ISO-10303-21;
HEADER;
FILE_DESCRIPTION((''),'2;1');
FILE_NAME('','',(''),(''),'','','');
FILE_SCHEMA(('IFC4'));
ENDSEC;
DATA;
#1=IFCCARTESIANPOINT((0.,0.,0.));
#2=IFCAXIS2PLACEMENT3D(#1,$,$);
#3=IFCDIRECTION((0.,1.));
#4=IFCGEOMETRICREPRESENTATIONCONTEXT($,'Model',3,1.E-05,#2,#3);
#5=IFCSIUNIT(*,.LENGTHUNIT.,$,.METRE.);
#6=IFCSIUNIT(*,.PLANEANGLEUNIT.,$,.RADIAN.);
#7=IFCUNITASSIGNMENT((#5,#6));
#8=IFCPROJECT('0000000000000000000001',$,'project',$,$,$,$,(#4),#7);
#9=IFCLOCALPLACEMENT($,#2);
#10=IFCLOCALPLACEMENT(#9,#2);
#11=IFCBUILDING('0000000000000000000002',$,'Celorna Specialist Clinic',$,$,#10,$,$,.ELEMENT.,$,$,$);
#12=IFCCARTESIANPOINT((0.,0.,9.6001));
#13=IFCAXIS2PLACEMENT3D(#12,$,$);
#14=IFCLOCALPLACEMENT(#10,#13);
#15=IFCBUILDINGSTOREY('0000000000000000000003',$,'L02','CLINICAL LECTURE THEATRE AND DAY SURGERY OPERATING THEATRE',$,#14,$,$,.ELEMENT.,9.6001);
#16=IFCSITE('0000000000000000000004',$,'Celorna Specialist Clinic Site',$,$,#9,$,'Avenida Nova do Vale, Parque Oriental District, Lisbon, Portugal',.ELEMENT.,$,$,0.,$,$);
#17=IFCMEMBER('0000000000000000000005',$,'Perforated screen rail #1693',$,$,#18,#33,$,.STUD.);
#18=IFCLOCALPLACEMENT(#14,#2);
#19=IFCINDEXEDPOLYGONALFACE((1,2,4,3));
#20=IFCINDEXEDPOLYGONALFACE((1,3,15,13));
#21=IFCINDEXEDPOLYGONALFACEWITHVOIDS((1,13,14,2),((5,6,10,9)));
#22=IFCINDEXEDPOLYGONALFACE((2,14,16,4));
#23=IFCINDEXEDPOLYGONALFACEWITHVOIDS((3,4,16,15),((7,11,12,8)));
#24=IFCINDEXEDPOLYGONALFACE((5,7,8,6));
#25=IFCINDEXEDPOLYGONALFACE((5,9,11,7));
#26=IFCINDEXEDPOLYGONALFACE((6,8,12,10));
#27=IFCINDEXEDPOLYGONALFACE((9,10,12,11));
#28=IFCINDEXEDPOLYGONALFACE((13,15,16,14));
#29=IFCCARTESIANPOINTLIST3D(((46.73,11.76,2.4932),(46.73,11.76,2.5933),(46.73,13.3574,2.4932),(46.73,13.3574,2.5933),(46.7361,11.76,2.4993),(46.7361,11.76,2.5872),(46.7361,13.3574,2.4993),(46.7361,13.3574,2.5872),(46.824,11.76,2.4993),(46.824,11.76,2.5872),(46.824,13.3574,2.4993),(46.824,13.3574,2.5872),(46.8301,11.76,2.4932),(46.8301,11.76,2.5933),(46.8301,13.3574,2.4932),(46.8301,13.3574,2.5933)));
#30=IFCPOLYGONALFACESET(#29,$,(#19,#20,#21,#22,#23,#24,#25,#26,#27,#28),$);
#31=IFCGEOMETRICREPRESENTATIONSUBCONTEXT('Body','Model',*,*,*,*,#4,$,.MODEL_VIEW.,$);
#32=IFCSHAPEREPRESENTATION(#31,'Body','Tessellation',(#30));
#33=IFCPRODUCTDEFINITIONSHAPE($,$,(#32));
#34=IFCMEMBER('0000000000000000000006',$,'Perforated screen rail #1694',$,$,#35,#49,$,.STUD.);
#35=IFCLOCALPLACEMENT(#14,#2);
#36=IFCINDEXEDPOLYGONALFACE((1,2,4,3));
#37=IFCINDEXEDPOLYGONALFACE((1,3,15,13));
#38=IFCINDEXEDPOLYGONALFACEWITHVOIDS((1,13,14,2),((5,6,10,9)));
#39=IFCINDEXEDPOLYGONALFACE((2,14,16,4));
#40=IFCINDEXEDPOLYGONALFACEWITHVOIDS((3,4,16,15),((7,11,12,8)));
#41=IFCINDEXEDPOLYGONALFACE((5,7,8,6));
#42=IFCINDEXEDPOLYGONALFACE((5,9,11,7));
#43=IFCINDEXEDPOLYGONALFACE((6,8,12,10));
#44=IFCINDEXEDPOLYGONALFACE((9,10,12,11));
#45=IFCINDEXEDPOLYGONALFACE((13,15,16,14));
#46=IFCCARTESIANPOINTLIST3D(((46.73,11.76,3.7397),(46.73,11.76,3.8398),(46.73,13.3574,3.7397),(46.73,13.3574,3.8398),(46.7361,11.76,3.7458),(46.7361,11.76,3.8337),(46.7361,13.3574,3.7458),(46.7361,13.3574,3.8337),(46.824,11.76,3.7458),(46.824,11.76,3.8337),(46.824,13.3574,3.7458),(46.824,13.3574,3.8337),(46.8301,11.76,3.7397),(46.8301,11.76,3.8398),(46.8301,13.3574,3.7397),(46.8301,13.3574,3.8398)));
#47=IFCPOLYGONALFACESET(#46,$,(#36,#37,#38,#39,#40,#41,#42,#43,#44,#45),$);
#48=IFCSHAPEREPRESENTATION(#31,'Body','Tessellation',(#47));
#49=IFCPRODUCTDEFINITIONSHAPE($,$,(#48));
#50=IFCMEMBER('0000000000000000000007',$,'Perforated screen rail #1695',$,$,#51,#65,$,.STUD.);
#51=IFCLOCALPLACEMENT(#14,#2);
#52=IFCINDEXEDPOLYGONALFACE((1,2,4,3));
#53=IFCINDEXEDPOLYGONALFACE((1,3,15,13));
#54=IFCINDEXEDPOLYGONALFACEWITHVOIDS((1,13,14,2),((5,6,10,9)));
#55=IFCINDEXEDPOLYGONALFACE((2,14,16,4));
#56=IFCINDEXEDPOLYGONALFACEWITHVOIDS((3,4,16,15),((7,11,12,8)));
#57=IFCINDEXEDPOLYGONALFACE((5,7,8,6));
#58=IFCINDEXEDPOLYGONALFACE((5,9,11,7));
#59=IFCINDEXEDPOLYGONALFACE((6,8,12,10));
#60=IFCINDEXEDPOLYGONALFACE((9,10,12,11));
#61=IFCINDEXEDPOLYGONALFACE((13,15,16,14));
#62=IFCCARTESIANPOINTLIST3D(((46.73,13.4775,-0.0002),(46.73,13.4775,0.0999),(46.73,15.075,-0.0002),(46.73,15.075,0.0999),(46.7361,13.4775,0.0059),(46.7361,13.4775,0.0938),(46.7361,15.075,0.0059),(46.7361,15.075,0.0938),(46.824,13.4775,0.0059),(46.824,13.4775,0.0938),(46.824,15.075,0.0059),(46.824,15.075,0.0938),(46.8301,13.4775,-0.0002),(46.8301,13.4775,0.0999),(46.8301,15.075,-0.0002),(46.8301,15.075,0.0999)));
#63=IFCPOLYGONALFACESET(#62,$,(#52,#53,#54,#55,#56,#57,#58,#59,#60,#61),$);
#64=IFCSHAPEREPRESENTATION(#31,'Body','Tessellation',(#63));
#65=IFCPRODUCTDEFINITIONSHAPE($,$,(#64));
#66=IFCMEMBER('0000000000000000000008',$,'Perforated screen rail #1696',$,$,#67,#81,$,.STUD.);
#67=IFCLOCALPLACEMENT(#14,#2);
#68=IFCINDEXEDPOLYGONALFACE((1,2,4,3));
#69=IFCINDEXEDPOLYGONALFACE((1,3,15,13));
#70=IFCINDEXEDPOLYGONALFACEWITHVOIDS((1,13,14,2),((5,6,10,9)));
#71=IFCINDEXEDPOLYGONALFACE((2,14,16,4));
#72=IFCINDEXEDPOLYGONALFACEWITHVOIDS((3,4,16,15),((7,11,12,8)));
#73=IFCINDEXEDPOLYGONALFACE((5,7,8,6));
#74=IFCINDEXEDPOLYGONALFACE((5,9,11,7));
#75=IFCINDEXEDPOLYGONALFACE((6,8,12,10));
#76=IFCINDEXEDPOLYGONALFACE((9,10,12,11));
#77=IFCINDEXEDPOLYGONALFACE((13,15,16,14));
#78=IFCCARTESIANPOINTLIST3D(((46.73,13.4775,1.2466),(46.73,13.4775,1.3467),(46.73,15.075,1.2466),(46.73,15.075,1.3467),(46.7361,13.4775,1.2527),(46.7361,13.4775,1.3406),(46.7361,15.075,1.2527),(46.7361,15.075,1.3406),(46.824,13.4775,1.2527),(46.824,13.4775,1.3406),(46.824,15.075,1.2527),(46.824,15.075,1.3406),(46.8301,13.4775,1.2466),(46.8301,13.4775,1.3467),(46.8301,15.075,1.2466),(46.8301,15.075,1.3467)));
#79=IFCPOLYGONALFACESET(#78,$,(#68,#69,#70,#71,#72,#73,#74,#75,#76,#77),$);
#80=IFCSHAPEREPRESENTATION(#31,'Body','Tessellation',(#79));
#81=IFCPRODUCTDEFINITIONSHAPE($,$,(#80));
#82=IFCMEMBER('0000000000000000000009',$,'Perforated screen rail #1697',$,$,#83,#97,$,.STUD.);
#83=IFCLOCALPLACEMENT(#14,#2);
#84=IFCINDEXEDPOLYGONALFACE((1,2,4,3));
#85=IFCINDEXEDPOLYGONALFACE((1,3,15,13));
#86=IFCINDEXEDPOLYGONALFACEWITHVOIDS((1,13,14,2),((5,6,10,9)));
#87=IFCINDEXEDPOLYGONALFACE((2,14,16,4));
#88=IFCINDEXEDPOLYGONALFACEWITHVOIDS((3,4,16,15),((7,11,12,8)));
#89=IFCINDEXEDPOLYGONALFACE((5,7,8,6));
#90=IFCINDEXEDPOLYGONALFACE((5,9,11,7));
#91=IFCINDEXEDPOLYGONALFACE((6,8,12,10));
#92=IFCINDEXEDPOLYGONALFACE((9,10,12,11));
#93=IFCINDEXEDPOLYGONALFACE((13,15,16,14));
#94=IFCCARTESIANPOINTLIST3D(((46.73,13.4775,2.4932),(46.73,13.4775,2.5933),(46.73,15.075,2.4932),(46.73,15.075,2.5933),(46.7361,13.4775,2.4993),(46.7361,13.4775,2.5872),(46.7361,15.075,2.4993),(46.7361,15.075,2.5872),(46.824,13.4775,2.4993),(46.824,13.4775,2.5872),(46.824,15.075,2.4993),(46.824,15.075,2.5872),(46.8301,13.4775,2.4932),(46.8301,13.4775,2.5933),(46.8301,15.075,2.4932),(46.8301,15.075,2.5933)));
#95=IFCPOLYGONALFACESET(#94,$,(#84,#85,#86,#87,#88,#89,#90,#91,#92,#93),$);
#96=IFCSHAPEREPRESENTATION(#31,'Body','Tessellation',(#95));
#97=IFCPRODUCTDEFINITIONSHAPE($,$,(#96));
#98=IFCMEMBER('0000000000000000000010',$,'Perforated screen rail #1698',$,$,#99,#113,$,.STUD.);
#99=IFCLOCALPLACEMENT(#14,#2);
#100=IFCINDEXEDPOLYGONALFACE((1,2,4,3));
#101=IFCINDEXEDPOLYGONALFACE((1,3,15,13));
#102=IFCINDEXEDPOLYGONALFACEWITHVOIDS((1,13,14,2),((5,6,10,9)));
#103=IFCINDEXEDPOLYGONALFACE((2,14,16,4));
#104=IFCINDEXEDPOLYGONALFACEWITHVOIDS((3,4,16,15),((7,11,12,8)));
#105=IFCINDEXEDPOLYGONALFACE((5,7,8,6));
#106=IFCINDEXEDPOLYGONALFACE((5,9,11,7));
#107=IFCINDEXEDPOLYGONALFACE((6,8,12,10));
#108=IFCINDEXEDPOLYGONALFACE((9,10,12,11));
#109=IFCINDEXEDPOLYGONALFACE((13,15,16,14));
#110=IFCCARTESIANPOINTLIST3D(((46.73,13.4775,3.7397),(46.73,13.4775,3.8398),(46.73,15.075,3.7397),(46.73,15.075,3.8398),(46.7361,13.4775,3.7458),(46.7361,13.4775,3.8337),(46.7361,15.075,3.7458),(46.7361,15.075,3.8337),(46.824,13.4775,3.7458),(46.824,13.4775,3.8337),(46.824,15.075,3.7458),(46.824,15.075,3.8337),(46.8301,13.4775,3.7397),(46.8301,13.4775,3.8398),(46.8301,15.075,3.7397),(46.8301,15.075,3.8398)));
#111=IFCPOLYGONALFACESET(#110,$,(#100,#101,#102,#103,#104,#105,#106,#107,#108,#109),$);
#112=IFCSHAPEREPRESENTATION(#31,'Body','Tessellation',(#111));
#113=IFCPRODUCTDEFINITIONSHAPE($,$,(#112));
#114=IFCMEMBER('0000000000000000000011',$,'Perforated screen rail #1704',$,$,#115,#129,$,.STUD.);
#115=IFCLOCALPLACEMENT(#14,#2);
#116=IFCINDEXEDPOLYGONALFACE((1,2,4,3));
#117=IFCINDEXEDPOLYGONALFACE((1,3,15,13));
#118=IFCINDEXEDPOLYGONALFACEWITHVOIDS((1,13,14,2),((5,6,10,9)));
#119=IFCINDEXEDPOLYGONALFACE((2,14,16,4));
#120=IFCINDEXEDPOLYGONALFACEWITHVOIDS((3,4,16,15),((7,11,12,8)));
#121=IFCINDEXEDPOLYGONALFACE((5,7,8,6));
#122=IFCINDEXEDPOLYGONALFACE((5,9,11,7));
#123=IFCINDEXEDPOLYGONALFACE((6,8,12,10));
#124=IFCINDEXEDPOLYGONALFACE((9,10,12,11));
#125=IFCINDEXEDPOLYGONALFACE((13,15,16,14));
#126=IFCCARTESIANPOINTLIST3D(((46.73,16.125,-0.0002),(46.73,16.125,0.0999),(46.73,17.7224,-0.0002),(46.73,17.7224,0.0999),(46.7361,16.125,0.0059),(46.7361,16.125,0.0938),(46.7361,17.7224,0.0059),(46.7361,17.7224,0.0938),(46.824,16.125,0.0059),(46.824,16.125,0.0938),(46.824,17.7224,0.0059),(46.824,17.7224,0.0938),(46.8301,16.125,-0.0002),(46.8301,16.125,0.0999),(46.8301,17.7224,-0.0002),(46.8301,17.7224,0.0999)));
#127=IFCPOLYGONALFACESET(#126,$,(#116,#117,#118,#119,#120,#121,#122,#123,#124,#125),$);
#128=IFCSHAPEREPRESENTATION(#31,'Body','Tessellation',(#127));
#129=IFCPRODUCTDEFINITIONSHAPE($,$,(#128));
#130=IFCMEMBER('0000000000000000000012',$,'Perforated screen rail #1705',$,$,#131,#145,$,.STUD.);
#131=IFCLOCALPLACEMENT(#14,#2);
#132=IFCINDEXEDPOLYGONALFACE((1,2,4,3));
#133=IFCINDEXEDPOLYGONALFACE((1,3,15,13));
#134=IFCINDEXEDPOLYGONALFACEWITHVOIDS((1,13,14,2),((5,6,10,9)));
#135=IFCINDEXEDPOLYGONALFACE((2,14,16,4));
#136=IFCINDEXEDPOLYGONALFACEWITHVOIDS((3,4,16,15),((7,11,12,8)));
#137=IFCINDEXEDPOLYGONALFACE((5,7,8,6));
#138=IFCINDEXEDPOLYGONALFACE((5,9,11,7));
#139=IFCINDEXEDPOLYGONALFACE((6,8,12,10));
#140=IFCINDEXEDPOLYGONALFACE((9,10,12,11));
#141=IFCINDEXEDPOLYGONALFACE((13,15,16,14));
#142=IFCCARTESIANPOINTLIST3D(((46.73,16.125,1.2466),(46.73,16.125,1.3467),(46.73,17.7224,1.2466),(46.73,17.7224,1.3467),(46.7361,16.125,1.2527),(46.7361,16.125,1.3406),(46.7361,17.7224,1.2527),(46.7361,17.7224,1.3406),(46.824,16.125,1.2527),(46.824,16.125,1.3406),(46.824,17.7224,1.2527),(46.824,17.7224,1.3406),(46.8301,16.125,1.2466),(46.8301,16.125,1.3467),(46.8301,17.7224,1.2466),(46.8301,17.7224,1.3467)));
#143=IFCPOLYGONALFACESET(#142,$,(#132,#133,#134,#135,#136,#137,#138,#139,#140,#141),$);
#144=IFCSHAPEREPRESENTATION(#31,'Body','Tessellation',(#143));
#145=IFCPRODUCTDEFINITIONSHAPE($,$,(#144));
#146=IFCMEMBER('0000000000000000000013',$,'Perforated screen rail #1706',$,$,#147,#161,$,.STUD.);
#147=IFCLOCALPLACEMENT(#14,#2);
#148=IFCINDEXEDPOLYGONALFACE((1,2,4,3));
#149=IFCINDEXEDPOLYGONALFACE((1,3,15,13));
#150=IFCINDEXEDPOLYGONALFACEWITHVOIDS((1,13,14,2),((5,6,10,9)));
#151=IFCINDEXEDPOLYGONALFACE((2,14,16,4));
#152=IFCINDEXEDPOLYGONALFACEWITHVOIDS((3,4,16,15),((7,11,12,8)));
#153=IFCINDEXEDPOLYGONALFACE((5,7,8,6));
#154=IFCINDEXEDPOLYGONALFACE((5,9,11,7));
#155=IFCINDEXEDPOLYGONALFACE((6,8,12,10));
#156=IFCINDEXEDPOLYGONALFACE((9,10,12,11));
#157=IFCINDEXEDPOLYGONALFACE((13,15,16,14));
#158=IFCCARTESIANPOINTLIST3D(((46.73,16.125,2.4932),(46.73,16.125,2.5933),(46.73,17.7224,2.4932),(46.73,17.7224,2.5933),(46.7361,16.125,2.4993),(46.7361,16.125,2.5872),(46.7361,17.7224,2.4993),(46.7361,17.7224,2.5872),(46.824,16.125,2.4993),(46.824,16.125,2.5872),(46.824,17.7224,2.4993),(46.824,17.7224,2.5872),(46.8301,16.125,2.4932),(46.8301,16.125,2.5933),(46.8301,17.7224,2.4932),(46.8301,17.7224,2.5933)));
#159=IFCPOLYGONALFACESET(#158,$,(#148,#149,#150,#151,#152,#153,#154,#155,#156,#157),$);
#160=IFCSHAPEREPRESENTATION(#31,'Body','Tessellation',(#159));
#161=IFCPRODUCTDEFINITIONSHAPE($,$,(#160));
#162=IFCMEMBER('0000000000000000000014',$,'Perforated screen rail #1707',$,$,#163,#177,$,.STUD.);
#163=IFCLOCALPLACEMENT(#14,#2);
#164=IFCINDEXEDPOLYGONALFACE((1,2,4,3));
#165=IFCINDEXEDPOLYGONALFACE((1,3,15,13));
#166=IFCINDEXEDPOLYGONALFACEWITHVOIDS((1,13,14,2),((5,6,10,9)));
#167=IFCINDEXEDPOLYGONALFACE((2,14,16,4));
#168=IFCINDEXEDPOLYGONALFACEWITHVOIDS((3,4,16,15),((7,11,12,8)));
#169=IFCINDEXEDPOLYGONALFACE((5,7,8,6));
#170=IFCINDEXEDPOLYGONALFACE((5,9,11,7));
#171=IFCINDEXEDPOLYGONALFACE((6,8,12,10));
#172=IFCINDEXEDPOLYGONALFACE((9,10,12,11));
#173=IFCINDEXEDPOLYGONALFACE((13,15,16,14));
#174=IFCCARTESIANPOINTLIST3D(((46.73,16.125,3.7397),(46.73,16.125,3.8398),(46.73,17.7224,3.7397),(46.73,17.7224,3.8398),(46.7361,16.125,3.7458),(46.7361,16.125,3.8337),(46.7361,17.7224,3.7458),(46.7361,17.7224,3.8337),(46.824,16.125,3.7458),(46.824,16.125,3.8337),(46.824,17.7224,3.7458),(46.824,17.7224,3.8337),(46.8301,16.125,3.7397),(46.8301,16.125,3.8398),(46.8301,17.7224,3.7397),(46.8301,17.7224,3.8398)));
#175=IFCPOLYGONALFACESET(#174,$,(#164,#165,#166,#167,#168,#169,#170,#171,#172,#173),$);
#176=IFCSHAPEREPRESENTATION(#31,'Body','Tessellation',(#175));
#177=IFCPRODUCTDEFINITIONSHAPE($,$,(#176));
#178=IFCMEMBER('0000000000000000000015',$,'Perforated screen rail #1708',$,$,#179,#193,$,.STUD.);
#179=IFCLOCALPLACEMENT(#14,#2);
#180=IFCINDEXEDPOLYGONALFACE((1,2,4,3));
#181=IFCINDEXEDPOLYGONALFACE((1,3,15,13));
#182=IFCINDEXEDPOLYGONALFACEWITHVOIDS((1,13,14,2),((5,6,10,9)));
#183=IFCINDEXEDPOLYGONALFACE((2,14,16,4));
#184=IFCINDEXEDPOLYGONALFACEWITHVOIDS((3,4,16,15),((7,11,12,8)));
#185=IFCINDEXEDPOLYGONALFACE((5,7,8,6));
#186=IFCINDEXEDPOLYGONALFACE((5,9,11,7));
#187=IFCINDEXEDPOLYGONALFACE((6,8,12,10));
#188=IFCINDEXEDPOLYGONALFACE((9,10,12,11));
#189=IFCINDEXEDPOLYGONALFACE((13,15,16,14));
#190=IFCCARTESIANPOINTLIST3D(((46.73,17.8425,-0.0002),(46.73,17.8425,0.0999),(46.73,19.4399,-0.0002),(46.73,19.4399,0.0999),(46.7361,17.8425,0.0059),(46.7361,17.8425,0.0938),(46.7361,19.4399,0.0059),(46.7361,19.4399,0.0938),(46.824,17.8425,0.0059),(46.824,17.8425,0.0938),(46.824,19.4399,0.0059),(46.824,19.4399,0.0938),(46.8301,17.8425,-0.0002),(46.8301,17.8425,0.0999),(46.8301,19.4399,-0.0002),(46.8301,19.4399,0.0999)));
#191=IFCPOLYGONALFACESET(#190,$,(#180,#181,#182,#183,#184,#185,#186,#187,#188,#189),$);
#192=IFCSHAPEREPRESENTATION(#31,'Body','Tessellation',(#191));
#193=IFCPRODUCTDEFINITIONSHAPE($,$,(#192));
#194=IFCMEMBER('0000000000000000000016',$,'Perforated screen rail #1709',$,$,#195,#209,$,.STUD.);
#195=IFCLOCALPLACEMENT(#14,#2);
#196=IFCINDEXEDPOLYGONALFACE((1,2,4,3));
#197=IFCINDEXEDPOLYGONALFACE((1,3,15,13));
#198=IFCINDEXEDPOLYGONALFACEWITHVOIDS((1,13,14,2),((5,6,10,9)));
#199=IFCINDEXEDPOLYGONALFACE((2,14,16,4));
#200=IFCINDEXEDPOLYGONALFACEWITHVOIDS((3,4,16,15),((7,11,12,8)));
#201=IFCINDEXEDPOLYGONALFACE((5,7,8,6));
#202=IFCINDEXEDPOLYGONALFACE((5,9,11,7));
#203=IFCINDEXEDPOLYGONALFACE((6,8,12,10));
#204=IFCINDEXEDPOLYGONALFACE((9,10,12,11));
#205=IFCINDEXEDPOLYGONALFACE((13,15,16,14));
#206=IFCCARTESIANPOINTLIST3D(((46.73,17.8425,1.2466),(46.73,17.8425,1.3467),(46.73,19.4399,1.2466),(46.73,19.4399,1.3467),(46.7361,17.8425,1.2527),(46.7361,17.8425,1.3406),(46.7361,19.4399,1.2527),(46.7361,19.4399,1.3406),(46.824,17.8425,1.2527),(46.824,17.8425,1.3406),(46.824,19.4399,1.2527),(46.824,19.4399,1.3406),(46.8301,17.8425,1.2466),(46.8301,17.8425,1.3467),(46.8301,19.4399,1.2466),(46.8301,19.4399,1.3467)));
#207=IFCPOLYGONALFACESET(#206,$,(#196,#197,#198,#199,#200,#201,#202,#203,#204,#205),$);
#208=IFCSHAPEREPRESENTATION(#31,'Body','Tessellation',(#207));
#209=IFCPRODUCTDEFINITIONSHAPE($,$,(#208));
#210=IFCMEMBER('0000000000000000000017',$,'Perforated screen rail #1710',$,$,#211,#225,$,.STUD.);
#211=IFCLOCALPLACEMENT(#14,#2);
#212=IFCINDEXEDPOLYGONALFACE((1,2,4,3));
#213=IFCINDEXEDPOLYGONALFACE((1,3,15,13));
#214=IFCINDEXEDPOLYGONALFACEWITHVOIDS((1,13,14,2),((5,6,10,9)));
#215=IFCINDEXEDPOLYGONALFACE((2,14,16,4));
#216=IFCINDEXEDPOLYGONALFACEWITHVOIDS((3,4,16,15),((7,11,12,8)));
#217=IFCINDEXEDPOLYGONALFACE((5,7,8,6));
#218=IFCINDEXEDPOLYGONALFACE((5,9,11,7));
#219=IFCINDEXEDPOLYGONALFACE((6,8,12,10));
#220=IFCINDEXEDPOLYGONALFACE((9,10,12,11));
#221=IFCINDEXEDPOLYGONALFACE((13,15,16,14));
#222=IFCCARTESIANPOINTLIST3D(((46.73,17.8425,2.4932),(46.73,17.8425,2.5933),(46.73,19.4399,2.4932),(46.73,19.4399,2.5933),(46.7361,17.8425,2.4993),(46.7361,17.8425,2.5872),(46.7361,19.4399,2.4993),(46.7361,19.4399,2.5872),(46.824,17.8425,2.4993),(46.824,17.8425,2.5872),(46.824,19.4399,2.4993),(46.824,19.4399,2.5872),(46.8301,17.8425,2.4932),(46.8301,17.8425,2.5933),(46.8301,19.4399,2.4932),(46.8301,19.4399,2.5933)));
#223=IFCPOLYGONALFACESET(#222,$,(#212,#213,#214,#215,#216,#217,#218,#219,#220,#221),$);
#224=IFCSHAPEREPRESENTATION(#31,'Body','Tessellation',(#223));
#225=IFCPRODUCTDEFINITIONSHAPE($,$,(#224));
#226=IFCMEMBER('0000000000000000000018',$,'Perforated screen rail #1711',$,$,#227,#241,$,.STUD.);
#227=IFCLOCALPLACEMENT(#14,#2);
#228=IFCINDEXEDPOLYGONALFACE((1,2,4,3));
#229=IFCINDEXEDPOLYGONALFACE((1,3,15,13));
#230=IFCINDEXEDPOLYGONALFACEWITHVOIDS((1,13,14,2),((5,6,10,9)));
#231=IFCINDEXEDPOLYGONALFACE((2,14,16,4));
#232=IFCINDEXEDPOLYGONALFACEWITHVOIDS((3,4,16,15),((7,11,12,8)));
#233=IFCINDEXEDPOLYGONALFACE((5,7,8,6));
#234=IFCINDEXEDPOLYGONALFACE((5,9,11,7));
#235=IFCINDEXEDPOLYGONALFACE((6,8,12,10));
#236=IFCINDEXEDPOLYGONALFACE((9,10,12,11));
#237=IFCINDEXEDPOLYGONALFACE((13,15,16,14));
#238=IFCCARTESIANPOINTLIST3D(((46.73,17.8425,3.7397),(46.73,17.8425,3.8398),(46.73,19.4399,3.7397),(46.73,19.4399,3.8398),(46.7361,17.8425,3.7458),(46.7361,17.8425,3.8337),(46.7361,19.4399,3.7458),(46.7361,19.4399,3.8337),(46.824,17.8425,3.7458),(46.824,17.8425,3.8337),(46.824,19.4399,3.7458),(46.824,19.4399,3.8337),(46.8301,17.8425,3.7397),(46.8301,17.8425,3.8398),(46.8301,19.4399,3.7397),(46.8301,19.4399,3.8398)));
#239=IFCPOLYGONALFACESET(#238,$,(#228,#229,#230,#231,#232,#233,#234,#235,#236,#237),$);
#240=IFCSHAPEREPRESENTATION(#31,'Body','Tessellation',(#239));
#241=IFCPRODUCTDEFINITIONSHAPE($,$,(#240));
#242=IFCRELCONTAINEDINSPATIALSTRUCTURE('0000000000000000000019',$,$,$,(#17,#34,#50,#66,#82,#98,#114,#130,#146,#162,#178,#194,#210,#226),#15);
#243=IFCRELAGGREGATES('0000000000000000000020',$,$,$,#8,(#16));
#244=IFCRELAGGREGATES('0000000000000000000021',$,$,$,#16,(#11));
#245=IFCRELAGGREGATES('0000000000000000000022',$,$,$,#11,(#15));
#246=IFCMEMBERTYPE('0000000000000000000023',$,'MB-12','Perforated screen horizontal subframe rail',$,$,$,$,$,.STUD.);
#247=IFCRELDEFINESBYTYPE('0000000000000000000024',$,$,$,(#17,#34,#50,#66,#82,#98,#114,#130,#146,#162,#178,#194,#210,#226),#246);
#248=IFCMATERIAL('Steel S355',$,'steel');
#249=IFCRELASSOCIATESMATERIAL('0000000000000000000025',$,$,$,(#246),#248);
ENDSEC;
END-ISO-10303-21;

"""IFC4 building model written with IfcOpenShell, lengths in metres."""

from ifc_helpers import new_model, si_unit, direction, frame, origin, origin_2d, place, context, subcontext, project, spatial, hollow_rectangle, extrude, material, material_profile, profile_set, type_object, element, save


model = new_model("IFC4")

# Units and contexts
model_context = context("Model", 3, precision=1e-05, world=origin(), true_north=direction((0.0, 1.0)))
body_context = subcontext(model_context, "Body", "Model", "MODEL_VIEW")
ifc_project = project(units=[si_unit("LENGTHUNIT", "METRE"), si_unit("PLANEANGLEUNIT", "RADIAN")], contexts=[model_context])

# Site, building, storey
site_placement = place(None, origin())
site = spatial("IfcSite", under=ifc_project, at=site_placement, Name="Celorna Specialist Clinic Site", LongName="Avenida Nova do Vale, Parque Oriental District, Lisbon, Portugal", CompositionType="ELEMENT", RefElevation=0.0)
building_placement = place(site_placement, origin())
building = spatial("IfcBuilding", under=site, at=building_placement, Name="Celorna Specialist Clinic", CompositionType="ELEMENT")
storey_placement = place(building_placement, frame((0.0, 0.0, 9.6001)))
storey = spatial("IfcBuildingStorey", under=building, at=storey_placement, Name="L02", Description="CLINICAL LECTURE THEATRE AND DAY SURGERY OPERATING THEATRE", CompositionType="ELEMENT", Elevation=9.6001)

# Members
ifc_material = material(Name="Steel S355", Category="steel")
ifc_material_profile_1 = material_profile(ifc_material, hollow_rectangle(XDim=0.1001, YDim=0.1001, WallThickness=0.0061, at=origin_2d()), Name="SHS 100x100x6")
ifc_profile_set_1 = profile_set([ifc_material_profile_1], Name="Steel S355")
member_type_1 = type_object("IfcMemberType", Name="MB-12", Description="Perforated screen horizontal subframe rail", PredefinedType="STUD", material=ifc_profile_set_1)
for number, where, z_axis, x_axis, name in (
    (1, (46.78, 11.76, 2.5432), (0.0, 1.0, 0.0), (-1.0, 0.0, 0.0), "Perforated screen rail #1693"),
    (2, (46.78, 11.76, 3.7898), (0.0, 1.0, 0.0), (-1.0, 0.0, 0.0), "Perforated screen rail #1694"),
    (3, (46.78, 13.4775, 0.0498), (0.0, 1.0, 0.0), (-1.0, 0.0, 0.0), "Perforated screen rail #1695"),
    (4, (46.78, 13.4775, 1.2966), (0.0, 1.0, 0.0), (-1.0, 0.0, 0.0), "Perforated screen rail #1696"),
    (5, (46.78, 13.4775, 2.5432), (0.0, 1.0, 0.0), (-1.0, 0.0, 0.0), "Perforated screen rail #1697"),
    (6, (46.78, 13.4775, 3.7898), (0.0, 1.0, 0.0), (-1.0, 0.0, 0.0), "Perforated screen rail #1698"),
    (7, (46.78, 16.125, 0.0498), (0.0, 1.0, 0.0), (-1.0, 0.0, 0.0), "Perforated screen rail #1704"),
    (8, (46.78, 16.125, 1.2966), (0.0, 1.0, 0.0), (-1.0, 0.0, 0.0), "Perforated screen rail #1705"),
    (9, (46.78, 16.125, 2.5432), (0.0, 1.0, 0.0), (-1.0, 0.0, 0.0), "Perforated screen rail #1706"),
    (10, (46.78, 16.125, 3.7898), (0.0, 1.0, 0.0), (-1.0, 0.0, 0.0), "Perforated screen rail #1707"),
    (11, (46.78, 17.8425, 0.0498), (0.0, 1.0, 0.0), (-1.0, 0.0, 0.0), "Perforated screen rail #1708"),
    (12, (46.78, 17.8425, 1.2966), (0.0, 1.0, 0.0), (-1.0, 0.0, 0.0), "Perforated screen rail #1709"),
    (13, (46.78, 17.8425, 2.5432), (0.0, 1.0, 0.0), (-1.0, 0.0, 0.0), "Perforated screen rail #1710"),
    (14, (46.78, 17.8425, 3.7898), (0.0, 1.0, 0.0), (-1.0, 0.0, 0.0), "Perforated screen rail #1711"),
):
    element("IfcMember", number, at=place(storey_placement, frame(where, z_axis=z_axis, x_axis=x_axis)), inside=storey, type_object=member_type_1, Name=name, PredefinedType="STUD", context=body_context, shape_type="SweptSolid", body=[
        extrude(hollow_rectangle(XDim=0.1001, YDim=0.1001, WallThickness=0.0061, at=origin_2d()), origin(), (0.0, 0.0, 1.0), 1.5974),
    ])

save(model, "model.ifc")
